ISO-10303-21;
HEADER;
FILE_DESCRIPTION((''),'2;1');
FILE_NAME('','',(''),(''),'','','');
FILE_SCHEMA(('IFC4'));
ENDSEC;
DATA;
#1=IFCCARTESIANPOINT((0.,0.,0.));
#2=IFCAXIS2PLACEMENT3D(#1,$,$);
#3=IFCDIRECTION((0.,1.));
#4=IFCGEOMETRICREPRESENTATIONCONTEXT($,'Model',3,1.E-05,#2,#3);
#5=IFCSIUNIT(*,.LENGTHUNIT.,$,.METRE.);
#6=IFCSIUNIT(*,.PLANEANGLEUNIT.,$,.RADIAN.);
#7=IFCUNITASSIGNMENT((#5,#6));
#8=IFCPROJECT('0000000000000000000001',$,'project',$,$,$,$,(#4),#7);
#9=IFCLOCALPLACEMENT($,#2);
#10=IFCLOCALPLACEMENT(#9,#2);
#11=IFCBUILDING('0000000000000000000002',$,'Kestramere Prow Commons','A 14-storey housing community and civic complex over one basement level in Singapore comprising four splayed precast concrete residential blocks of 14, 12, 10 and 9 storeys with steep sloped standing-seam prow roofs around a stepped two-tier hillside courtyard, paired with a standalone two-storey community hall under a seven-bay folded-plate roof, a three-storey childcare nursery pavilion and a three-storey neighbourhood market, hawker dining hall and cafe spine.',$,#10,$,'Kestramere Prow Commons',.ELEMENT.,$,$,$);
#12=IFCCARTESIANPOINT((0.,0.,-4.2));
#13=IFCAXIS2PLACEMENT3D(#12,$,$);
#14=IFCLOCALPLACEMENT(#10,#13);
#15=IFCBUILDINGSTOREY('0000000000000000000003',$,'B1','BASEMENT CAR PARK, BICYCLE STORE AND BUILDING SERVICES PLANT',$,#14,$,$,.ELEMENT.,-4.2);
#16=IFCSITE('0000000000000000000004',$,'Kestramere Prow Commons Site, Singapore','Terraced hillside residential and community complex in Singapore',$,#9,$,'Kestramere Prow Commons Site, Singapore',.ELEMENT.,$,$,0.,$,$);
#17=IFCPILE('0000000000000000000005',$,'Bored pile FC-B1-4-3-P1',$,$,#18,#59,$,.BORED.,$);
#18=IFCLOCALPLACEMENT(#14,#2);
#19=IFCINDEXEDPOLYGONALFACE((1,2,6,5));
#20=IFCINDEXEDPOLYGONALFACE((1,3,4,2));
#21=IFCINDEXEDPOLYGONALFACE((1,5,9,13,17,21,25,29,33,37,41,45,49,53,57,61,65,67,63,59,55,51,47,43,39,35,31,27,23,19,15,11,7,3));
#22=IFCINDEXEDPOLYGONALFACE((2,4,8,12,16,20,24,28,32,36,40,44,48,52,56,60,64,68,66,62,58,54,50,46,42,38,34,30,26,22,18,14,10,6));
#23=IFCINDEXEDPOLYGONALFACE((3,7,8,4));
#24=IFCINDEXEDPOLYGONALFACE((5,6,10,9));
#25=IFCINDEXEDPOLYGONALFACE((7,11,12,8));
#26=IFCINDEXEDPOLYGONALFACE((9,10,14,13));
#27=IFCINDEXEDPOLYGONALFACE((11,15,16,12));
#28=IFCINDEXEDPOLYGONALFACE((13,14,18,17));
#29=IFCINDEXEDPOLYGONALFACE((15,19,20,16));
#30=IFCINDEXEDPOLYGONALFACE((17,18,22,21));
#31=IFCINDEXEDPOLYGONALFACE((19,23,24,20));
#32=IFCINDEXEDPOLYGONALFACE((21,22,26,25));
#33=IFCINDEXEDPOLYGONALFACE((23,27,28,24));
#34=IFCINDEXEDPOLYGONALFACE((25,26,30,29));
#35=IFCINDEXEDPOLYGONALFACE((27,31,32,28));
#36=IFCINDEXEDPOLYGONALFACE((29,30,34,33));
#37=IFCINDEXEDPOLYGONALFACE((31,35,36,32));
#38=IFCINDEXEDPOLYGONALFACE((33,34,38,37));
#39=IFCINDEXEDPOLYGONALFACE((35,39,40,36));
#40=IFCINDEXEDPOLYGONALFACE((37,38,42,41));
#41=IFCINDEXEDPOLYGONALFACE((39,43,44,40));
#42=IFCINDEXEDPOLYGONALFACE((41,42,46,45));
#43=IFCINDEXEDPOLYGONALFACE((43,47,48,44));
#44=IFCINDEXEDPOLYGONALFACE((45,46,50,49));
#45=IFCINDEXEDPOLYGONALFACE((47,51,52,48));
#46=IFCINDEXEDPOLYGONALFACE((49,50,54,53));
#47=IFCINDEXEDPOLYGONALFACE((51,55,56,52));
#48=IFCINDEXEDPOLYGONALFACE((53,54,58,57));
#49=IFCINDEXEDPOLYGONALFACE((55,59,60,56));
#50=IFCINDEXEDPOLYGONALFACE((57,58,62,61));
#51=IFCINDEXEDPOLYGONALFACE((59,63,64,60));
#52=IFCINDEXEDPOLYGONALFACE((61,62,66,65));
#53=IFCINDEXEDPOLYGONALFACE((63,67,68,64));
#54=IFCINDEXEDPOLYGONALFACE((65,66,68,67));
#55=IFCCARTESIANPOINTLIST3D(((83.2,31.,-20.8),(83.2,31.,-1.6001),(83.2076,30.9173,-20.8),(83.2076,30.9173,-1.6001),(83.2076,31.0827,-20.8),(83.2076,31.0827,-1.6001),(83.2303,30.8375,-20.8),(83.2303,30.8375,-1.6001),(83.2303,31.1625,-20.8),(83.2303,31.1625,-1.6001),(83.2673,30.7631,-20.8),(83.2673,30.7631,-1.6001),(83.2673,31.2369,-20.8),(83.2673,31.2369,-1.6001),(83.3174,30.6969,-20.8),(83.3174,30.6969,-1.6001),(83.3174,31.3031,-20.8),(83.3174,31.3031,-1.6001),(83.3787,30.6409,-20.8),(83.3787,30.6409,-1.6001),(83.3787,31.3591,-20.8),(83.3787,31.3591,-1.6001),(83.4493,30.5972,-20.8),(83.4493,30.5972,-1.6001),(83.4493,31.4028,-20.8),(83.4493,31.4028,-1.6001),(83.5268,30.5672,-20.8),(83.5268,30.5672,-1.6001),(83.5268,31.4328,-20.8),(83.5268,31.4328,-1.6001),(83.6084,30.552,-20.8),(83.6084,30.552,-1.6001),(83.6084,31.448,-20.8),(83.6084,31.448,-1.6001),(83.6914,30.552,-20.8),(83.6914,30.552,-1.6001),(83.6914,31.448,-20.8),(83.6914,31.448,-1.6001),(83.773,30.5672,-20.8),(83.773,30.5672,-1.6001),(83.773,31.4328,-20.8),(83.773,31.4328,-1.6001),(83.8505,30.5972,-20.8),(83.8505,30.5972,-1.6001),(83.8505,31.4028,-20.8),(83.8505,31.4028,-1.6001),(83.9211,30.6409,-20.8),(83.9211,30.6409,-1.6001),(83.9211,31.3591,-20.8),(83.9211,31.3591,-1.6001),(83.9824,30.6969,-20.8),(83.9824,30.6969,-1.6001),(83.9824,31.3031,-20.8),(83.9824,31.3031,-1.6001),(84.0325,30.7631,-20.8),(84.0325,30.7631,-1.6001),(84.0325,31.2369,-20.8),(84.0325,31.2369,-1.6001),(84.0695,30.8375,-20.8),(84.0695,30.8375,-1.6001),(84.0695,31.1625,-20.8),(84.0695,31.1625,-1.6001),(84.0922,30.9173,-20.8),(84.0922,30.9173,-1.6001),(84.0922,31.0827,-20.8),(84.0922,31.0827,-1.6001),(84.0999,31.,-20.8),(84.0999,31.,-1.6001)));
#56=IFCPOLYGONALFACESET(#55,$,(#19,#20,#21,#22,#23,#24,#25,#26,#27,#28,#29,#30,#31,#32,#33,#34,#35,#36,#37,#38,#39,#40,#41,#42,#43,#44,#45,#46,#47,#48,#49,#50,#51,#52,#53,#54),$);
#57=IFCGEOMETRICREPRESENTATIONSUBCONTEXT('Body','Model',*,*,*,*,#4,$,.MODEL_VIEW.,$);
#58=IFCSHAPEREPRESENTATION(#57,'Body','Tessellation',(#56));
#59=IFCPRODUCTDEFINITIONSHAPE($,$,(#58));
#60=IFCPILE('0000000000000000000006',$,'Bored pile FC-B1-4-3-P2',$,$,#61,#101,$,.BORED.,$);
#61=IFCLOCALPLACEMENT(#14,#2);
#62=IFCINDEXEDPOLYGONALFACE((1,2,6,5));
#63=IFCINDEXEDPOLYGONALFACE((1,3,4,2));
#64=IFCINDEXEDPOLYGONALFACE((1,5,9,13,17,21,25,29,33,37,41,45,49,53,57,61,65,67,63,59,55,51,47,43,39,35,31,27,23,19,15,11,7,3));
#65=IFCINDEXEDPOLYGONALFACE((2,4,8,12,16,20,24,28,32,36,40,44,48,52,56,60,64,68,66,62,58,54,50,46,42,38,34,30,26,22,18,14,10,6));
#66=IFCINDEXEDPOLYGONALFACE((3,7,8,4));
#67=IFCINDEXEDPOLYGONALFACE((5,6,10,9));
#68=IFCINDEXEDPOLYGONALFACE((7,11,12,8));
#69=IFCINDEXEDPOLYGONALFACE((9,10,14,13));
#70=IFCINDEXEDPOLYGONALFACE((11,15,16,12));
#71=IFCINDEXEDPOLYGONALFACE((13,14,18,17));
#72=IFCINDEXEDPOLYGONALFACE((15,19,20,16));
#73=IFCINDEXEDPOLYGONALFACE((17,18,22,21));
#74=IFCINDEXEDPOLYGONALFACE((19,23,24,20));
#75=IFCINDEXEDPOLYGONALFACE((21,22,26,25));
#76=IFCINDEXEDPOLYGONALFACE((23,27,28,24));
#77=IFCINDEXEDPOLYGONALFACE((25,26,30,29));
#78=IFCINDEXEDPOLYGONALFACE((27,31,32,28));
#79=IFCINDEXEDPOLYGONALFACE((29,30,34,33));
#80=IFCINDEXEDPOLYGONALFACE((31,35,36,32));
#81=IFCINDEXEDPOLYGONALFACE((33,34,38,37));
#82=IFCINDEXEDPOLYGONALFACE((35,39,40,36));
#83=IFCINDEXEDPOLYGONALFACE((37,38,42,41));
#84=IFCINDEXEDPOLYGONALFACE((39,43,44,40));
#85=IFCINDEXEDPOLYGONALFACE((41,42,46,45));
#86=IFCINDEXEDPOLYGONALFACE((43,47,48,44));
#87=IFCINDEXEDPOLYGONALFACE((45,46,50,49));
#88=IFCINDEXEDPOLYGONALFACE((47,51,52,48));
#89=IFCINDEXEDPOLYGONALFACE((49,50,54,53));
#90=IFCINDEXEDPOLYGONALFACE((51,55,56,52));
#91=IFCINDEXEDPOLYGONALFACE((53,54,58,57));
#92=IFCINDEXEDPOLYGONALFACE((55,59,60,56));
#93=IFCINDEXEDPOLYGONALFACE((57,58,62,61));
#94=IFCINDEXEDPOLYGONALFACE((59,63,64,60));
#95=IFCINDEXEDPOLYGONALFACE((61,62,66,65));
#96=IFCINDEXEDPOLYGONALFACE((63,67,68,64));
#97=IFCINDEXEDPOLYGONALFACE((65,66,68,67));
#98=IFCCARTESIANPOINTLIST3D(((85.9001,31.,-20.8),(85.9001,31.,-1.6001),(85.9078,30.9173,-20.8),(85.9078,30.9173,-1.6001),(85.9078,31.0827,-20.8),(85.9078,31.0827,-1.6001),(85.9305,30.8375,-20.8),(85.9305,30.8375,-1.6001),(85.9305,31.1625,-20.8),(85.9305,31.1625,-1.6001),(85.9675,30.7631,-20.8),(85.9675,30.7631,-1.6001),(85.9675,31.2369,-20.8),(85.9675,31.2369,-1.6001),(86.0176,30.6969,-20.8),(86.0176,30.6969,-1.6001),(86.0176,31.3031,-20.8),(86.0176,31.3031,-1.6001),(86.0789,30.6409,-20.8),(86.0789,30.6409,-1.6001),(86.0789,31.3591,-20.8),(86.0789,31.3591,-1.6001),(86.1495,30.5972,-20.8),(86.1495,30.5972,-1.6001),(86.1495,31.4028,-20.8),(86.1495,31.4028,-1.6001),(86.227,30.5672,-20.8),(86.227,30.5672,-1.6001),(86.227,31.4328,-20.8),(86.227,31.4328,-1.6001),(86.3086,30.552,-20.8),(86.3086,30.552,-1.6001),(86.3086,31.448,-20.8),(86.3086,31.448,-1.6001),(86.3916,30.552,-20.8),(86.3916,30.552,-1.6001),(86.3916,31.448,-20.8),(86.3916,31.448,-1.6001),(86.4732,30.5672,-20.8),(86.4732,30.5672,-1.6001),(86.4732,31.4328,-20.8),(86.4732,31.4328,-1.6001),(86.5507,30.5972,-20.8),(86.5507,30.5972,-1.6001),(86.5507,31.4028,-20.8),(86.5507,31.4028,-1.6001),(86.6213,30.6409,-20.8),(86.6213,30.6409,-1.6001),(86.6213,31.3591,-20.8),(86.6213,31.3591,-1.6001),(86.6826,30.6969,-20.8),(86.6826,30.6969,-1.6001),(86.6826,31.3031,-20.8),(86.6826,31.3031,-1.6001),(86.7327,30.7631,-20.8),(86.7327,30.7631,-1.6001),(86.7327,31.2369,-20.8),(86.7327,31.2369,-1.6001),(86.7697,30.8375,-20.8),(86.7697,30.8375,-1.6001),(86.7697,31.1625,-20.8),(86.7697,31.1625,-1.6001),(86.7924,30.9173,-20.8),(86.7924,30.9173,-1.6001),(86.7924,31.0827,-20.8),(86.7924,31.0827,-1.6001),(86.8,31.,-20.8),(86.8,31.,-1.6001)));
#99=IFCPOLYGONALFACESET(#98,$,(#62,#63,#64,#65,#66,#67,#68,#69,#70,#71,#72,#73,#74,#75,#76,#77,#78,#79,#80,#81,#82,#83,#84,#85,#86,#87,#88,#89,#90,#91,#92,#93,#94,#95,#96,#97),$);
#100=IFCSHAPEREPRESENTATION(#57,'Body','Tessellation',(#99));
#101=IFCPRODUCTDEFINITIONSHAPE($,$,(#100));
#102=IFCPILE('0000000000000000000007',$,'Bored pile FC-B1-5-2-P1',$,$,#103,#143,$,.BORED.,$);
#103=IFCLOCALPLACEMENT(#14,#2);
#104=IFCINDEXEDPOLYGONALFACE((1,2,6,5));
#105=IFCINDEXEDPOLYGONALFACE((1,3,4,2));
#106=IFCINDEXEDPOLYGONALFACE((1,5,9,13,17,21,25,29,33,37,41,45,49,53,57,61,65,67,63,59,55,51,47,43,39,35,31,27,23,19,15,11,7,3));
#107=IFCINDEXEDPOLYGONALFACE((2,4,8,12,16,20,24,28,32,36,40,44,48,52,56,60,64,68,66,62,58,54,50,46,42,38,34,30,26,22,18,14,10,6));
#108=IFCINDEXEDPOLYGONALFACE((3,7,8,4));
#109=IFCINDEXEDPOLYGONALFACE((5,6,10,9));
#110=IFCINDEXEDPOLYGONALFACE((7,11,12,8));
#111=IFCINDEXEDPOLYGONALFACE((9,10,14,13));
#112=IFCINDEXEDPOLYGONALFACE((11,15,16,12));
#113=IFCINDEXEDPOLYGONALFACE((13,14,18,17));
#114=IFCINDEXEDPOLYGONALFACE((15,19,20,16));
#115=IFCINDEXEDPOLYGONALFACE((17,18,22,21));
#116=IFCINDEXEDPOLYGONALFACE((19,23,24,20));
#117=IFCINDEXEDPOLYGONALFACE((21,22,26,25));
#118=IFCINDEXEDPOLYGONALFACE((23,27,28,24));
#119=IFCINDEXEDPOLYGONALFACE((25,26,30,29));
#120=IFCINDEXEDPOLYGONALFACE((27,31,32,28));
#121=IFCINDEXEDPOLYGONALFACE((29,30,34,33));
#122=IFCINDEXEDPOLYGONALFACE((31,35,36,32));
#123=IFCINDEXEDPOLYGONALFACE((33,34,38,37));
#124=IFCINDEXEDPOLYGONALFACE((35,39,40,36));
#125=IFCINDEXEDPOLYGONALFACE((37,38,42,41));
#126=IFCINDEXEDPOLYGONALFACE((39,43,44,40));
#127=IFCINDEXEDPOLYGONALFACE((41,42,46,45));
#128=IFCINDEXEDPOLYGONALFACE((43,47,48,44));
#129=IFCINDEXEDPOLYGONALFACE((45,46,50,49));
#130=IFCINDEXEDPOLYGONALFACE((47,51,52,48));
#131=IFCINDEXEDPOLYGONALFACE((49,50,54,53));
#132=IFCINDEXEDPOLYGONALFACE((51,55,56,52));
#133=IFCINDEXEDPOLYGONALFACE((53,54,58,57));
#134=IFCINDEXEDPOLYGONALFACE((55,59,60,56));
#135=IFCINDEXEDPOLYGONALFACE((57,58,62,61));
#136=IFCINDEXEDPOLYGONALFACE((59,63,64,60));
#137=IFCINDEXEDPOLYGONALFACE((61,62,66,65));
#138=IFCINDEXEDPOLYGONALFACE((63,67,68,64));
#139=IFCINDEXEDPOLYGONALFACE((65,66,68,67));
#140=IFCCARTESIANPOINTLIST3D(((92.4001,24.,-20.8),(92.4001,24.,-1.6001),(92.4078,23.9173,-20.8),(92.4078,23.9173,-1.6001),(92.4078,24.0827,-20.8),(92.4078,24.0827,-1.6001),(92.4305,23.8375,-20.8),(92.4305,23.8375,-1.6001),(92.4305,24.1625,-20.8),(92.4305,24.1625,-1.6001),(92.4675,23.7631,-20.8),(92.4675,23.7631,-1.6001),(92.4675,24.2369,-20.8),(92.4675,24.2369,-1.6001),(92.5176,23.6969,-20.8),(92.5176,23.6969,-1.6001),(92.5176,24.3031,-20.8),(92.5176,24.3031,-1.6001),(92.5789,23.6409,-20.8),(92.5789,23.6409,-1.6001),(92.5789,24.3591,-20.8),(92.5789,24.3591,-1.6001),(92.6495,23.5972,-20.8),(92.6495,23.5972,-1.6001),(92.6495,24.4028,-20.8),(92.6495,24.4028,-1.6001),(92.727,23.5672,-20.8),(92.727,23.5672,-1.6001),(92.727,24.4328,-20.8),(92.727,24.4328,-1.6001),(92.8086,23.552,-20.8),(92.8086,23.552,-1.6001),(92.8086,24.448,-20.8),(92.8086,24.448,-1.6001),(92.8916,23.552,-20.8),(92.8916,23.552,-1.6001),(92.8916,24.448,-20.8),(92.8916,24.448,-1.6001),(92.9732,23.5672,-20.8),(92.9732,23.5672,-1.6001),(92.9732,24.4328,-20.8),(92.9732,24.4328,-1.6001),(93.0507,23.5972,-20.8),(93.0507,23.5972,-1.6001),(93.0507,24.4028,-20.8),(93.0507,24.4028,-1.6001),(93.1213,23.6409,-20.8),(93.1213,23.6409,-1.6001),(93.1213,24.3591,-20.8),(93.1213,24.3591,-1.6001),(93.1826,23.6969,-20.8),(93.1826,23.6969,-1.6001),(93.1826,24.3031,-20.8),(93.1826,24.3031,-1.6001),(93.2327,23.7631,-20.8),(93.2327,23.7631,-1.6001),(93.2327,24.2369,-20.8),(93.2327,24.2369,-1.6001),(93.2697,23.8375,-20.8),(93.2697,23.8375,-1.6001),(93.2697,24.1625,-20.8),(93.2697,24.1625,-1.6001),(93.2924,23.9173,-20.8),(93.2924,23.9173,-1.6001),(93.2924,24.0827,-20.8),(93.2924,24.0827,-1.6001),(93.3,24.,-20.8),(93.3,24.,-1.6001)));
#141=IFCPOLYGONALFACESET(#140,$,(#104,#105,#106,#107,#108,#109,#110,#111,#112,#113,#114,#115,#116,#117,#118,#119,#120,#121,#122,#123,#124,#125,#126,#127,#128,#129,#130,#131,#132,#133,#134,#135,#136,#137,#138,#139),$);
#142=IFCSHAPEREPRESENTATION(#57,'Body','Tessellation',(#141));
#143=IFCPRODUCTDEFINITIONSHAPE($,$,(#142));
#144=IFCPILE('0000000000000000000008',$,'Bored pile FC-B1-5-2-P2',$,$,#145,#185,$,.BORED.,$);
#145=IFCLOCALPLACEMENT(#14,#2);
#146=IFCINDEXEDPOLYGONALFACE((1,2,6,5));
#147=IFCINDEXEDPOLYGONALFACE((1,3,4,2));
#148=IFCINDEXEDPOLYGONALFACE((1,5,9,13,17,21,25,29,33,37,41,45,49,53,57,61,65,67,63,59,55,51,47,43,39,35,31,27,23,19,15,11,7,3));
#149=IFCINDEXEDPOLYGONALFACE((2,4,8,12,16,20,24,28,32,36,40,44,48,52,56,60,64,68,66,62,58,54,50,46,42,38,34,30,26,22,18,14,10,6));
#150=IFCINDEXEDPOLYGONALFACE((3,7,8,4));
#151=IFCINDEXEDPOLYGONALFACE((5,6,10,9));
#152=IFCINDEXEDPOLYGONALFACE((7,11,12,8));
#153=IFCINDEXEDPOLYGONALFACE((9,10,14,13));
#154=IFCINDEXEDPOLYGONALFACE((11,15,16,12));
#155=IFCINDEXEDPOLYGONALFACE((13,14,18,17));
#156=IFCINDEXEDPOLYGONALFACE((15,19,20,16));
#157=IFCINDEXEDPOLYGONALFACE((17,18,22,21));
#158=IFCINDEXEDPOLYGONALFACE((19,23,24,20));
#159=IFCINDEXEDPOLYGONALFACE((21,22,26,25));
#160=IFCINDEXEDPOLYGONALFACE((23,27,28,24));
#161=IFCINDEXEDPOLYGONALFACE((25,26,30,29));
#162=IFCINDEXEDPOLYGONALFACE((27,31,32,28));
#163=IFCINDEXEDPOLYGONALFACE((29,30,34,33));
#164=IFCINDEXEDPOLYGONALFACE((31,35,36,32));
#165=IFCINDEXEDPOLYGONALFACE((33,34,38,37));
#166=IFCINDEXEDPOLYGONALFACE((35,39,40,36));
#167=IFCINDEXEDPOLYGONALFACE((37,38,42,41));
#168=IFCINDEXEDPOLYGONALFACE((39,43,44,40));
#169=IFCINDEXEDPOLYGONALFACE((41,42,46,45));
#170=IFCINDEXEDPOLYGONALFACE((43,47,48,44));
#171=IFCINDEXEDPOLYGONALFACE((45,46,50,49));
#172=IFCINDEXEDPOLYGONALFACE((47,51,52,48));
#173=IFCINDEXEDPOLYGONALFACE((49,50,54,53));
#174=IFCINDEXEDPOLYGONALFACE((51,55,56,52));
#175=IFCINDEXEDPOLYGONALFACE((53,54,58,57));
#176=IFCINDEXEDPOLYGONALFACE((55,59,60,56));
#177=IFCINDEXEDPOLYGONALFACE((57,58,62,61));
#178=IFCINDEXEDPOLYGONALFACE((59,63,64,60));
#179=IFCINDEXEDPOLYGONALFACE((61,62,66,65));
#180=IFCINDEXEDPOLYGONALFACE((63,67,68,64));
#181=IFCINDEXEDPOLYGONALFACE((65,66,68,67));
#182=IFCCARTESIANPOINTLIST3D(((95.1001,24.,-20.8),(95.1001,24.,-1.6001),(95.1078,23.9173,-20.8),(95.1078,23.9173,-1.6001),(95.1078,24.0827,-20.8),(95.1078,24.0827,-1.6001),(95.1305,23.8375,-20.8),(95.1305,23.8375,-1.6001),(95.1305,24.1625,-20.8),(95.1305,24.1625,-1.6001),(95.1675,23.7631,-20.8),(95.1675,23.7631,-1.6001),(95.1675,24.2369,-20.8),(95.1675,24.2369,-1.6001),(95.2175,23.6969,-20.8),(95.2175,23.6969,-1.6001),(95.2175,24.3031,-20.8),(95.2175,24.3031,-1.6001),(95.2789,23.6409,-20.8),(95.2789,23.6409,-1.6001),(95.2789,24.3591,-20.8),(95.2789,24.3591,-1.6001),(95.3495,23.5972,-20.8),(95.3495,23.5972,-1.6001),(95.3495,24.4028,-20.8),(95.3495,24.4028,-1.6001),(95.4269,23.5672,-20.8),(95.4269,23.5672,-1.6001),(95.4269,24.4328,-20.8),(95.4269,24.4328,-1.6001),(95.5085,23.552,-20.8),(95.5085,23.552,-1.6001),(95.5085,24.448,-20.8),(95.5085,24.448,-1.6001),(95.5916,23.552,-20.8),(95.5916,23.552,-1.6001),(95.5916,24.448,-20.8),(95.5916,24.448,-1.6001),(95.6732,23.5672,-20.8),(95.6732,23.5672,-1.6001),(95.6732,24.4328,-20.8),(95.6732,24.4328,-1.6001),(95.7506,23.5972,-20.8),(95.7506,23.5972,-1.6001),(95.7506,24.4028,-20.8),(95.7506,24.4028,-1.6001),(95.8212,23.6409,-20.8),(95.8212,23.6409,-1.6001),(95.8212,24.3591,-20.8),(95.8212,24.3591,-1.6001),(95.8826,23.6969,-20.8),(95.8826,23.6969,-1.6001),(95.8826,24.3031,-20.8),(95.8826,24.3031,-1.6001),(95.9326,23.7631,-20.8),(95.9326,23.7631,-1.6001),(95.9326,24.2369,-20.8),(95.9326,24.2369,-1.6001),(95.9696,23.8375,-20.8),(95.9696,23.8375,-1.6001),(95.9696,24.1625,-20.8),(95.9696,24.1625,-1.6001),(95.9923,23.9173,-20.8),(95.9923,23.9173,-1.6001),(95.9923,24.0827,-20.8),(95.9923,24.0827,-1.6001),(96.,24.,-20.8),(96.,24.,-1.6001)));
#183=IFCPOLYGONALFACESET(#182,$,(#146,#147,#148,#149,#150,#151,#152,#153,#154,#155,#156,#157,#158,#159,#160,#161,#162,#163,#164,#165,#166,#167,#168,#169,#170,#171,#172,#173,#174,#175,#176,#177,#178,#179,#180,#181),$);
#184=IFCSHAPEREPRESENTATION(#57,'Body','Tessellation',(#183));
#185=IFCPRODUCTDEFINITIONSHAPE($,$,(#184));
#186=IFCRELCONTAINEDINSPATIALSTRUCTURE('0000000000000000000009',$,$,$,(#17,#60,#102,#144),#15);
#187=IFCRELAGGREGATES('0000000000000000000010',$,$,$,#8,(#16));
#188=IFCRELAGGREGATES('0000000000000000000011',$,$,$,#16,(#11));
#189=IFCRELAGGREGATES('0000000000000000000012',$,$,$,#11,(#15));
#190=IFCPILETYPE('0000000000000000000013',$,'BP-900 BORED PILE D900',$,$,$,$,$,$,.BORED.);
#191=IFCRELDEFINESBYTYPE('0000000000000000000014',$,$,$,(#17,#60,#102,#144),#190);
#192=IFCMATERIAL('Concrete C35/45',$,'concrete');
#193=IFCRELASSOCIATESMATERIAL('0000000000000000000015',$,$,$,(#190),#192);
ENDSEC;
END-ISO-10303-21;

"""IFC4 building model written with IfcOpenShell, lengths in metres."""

from ifc_helpers import new_model, si_unit, direction, frame, origin, origin_2d, place, context, subcontext, project, spatial, circle, extrude, material, material_profile, profile_set, type_object, element, save


model = new_model("IFC4")

# Units and contexts
model_context = context("Model", 3, precision=1e-05, world=origin(), true_north=direction((0.0, 1.0)))
body_context = subcontext(model_context, "Body", "Model", "MODEL_VIEW")
ifc_project = project(units=[si_unit("LENGTHUNIT", "METRE"), si_unit("PLANEANGLEUNIT", "RADIAN")], contexts=[model_context])

# Site, building, storey
site_placement = place(None, origin())
site = spatial("IfcSite", under=ifc_project, at=site_placement, Name="Kestramere Prow Commons Site, Singapore", Description="Terraced hillside residential and community complex in Singapore", LongName="Kestramere Prow Commons Site, Singapore", CompositionType="ELEMENT", RefElevation=0.0)
building_placement = place(site_placement, origin())
building = spatial("IfcBuilding", under=site, at=building_placement, Name="Kestramere Prow Commons", Description="A 14-storey housing community and civic complex over one basement level in Singapore comprising four splayed precast concrete residential blocks of 14, 12, 10 and 9 storeys with steep sloped standing-seam prow roofs around a stepped two-tier hillside courtyard, paired with a standalone two-storey community hall under a seven-bay folded-plate roof, a three-storey childcare nursery pavilion and a three-storey neighbourhood market, hawker dining hall and cafe spine.", LongName="Kestramere Prow Commons", CompositionType="ELEMENT")
storey_placement = place(building_placement, frame((0.0, 0.0, -4.2)))
storey = spatial("IfcBuildingStorey", under=building, at=storey_placement, Name="B1", Description="BASEMENT CAR PARK, BICYCLE STORE AND BUILDING SERVICES PLANT", CompositionType="ELEMENT", Elevation=-4.2)

# Piles
ifc_material = material(Name="Concrete C35/45", Category="concrete")
ifc_material_profile_1 = material_profile(ifc_material, circle(Radius=0.45, at=origin_2d()), Name="BORED PILE D900")
ifc_profile_set_1 = profile_set([ifc_material_profile_1], Name="Concrete C35/45")
pile_type = type_object("IfcPileType", Name="BP-900 BORED PILE D900", PredefinedType="BORED", material=ifc_profile_set_1)
for number, where, z_axis, x_axis, name in (
    (1, (83.6499, 31.0, -1.6001), (0.0, 0.0, -1.0), (1.0, 0.0, 0.0), "Bored pile FC-B1-4-3-P1"),
    (2, (86.3501, 31.0, -1.6001), (0.0, 0.0, -1.0), (1.0, 0.0, 0.0), "Bored pile FC-B1-4-3-P2"),
    (3, (92.8501, 24.0, -1.6001), (0.0, 0.0, -1.0), (1.0, 0.0, 0.0), "Bored pile FC-B1-5-2-P1"),
    (4, (95.55, 24.0, -1.6001), (0.0, 0.0, -1.0), (1.0, 0.0, 0.0), "Bored pile FC-B1-5-2-P2"),
):
    element("IfcPile", number, at=place(storey_placement, frame(where, z_axis=z_axis, x_axis=x_axis)), inside=storey, type_object=pile_type, Name=name, PredefinedType="BORED", context=body_context, shape_type="SweptSolid", body=[
        extrude(circle(Radius=0.45, at=origin_2d()), origin(), (0.0, 0.0, 1.0), 19.2),
    ])

save(model, "model.ifc")
